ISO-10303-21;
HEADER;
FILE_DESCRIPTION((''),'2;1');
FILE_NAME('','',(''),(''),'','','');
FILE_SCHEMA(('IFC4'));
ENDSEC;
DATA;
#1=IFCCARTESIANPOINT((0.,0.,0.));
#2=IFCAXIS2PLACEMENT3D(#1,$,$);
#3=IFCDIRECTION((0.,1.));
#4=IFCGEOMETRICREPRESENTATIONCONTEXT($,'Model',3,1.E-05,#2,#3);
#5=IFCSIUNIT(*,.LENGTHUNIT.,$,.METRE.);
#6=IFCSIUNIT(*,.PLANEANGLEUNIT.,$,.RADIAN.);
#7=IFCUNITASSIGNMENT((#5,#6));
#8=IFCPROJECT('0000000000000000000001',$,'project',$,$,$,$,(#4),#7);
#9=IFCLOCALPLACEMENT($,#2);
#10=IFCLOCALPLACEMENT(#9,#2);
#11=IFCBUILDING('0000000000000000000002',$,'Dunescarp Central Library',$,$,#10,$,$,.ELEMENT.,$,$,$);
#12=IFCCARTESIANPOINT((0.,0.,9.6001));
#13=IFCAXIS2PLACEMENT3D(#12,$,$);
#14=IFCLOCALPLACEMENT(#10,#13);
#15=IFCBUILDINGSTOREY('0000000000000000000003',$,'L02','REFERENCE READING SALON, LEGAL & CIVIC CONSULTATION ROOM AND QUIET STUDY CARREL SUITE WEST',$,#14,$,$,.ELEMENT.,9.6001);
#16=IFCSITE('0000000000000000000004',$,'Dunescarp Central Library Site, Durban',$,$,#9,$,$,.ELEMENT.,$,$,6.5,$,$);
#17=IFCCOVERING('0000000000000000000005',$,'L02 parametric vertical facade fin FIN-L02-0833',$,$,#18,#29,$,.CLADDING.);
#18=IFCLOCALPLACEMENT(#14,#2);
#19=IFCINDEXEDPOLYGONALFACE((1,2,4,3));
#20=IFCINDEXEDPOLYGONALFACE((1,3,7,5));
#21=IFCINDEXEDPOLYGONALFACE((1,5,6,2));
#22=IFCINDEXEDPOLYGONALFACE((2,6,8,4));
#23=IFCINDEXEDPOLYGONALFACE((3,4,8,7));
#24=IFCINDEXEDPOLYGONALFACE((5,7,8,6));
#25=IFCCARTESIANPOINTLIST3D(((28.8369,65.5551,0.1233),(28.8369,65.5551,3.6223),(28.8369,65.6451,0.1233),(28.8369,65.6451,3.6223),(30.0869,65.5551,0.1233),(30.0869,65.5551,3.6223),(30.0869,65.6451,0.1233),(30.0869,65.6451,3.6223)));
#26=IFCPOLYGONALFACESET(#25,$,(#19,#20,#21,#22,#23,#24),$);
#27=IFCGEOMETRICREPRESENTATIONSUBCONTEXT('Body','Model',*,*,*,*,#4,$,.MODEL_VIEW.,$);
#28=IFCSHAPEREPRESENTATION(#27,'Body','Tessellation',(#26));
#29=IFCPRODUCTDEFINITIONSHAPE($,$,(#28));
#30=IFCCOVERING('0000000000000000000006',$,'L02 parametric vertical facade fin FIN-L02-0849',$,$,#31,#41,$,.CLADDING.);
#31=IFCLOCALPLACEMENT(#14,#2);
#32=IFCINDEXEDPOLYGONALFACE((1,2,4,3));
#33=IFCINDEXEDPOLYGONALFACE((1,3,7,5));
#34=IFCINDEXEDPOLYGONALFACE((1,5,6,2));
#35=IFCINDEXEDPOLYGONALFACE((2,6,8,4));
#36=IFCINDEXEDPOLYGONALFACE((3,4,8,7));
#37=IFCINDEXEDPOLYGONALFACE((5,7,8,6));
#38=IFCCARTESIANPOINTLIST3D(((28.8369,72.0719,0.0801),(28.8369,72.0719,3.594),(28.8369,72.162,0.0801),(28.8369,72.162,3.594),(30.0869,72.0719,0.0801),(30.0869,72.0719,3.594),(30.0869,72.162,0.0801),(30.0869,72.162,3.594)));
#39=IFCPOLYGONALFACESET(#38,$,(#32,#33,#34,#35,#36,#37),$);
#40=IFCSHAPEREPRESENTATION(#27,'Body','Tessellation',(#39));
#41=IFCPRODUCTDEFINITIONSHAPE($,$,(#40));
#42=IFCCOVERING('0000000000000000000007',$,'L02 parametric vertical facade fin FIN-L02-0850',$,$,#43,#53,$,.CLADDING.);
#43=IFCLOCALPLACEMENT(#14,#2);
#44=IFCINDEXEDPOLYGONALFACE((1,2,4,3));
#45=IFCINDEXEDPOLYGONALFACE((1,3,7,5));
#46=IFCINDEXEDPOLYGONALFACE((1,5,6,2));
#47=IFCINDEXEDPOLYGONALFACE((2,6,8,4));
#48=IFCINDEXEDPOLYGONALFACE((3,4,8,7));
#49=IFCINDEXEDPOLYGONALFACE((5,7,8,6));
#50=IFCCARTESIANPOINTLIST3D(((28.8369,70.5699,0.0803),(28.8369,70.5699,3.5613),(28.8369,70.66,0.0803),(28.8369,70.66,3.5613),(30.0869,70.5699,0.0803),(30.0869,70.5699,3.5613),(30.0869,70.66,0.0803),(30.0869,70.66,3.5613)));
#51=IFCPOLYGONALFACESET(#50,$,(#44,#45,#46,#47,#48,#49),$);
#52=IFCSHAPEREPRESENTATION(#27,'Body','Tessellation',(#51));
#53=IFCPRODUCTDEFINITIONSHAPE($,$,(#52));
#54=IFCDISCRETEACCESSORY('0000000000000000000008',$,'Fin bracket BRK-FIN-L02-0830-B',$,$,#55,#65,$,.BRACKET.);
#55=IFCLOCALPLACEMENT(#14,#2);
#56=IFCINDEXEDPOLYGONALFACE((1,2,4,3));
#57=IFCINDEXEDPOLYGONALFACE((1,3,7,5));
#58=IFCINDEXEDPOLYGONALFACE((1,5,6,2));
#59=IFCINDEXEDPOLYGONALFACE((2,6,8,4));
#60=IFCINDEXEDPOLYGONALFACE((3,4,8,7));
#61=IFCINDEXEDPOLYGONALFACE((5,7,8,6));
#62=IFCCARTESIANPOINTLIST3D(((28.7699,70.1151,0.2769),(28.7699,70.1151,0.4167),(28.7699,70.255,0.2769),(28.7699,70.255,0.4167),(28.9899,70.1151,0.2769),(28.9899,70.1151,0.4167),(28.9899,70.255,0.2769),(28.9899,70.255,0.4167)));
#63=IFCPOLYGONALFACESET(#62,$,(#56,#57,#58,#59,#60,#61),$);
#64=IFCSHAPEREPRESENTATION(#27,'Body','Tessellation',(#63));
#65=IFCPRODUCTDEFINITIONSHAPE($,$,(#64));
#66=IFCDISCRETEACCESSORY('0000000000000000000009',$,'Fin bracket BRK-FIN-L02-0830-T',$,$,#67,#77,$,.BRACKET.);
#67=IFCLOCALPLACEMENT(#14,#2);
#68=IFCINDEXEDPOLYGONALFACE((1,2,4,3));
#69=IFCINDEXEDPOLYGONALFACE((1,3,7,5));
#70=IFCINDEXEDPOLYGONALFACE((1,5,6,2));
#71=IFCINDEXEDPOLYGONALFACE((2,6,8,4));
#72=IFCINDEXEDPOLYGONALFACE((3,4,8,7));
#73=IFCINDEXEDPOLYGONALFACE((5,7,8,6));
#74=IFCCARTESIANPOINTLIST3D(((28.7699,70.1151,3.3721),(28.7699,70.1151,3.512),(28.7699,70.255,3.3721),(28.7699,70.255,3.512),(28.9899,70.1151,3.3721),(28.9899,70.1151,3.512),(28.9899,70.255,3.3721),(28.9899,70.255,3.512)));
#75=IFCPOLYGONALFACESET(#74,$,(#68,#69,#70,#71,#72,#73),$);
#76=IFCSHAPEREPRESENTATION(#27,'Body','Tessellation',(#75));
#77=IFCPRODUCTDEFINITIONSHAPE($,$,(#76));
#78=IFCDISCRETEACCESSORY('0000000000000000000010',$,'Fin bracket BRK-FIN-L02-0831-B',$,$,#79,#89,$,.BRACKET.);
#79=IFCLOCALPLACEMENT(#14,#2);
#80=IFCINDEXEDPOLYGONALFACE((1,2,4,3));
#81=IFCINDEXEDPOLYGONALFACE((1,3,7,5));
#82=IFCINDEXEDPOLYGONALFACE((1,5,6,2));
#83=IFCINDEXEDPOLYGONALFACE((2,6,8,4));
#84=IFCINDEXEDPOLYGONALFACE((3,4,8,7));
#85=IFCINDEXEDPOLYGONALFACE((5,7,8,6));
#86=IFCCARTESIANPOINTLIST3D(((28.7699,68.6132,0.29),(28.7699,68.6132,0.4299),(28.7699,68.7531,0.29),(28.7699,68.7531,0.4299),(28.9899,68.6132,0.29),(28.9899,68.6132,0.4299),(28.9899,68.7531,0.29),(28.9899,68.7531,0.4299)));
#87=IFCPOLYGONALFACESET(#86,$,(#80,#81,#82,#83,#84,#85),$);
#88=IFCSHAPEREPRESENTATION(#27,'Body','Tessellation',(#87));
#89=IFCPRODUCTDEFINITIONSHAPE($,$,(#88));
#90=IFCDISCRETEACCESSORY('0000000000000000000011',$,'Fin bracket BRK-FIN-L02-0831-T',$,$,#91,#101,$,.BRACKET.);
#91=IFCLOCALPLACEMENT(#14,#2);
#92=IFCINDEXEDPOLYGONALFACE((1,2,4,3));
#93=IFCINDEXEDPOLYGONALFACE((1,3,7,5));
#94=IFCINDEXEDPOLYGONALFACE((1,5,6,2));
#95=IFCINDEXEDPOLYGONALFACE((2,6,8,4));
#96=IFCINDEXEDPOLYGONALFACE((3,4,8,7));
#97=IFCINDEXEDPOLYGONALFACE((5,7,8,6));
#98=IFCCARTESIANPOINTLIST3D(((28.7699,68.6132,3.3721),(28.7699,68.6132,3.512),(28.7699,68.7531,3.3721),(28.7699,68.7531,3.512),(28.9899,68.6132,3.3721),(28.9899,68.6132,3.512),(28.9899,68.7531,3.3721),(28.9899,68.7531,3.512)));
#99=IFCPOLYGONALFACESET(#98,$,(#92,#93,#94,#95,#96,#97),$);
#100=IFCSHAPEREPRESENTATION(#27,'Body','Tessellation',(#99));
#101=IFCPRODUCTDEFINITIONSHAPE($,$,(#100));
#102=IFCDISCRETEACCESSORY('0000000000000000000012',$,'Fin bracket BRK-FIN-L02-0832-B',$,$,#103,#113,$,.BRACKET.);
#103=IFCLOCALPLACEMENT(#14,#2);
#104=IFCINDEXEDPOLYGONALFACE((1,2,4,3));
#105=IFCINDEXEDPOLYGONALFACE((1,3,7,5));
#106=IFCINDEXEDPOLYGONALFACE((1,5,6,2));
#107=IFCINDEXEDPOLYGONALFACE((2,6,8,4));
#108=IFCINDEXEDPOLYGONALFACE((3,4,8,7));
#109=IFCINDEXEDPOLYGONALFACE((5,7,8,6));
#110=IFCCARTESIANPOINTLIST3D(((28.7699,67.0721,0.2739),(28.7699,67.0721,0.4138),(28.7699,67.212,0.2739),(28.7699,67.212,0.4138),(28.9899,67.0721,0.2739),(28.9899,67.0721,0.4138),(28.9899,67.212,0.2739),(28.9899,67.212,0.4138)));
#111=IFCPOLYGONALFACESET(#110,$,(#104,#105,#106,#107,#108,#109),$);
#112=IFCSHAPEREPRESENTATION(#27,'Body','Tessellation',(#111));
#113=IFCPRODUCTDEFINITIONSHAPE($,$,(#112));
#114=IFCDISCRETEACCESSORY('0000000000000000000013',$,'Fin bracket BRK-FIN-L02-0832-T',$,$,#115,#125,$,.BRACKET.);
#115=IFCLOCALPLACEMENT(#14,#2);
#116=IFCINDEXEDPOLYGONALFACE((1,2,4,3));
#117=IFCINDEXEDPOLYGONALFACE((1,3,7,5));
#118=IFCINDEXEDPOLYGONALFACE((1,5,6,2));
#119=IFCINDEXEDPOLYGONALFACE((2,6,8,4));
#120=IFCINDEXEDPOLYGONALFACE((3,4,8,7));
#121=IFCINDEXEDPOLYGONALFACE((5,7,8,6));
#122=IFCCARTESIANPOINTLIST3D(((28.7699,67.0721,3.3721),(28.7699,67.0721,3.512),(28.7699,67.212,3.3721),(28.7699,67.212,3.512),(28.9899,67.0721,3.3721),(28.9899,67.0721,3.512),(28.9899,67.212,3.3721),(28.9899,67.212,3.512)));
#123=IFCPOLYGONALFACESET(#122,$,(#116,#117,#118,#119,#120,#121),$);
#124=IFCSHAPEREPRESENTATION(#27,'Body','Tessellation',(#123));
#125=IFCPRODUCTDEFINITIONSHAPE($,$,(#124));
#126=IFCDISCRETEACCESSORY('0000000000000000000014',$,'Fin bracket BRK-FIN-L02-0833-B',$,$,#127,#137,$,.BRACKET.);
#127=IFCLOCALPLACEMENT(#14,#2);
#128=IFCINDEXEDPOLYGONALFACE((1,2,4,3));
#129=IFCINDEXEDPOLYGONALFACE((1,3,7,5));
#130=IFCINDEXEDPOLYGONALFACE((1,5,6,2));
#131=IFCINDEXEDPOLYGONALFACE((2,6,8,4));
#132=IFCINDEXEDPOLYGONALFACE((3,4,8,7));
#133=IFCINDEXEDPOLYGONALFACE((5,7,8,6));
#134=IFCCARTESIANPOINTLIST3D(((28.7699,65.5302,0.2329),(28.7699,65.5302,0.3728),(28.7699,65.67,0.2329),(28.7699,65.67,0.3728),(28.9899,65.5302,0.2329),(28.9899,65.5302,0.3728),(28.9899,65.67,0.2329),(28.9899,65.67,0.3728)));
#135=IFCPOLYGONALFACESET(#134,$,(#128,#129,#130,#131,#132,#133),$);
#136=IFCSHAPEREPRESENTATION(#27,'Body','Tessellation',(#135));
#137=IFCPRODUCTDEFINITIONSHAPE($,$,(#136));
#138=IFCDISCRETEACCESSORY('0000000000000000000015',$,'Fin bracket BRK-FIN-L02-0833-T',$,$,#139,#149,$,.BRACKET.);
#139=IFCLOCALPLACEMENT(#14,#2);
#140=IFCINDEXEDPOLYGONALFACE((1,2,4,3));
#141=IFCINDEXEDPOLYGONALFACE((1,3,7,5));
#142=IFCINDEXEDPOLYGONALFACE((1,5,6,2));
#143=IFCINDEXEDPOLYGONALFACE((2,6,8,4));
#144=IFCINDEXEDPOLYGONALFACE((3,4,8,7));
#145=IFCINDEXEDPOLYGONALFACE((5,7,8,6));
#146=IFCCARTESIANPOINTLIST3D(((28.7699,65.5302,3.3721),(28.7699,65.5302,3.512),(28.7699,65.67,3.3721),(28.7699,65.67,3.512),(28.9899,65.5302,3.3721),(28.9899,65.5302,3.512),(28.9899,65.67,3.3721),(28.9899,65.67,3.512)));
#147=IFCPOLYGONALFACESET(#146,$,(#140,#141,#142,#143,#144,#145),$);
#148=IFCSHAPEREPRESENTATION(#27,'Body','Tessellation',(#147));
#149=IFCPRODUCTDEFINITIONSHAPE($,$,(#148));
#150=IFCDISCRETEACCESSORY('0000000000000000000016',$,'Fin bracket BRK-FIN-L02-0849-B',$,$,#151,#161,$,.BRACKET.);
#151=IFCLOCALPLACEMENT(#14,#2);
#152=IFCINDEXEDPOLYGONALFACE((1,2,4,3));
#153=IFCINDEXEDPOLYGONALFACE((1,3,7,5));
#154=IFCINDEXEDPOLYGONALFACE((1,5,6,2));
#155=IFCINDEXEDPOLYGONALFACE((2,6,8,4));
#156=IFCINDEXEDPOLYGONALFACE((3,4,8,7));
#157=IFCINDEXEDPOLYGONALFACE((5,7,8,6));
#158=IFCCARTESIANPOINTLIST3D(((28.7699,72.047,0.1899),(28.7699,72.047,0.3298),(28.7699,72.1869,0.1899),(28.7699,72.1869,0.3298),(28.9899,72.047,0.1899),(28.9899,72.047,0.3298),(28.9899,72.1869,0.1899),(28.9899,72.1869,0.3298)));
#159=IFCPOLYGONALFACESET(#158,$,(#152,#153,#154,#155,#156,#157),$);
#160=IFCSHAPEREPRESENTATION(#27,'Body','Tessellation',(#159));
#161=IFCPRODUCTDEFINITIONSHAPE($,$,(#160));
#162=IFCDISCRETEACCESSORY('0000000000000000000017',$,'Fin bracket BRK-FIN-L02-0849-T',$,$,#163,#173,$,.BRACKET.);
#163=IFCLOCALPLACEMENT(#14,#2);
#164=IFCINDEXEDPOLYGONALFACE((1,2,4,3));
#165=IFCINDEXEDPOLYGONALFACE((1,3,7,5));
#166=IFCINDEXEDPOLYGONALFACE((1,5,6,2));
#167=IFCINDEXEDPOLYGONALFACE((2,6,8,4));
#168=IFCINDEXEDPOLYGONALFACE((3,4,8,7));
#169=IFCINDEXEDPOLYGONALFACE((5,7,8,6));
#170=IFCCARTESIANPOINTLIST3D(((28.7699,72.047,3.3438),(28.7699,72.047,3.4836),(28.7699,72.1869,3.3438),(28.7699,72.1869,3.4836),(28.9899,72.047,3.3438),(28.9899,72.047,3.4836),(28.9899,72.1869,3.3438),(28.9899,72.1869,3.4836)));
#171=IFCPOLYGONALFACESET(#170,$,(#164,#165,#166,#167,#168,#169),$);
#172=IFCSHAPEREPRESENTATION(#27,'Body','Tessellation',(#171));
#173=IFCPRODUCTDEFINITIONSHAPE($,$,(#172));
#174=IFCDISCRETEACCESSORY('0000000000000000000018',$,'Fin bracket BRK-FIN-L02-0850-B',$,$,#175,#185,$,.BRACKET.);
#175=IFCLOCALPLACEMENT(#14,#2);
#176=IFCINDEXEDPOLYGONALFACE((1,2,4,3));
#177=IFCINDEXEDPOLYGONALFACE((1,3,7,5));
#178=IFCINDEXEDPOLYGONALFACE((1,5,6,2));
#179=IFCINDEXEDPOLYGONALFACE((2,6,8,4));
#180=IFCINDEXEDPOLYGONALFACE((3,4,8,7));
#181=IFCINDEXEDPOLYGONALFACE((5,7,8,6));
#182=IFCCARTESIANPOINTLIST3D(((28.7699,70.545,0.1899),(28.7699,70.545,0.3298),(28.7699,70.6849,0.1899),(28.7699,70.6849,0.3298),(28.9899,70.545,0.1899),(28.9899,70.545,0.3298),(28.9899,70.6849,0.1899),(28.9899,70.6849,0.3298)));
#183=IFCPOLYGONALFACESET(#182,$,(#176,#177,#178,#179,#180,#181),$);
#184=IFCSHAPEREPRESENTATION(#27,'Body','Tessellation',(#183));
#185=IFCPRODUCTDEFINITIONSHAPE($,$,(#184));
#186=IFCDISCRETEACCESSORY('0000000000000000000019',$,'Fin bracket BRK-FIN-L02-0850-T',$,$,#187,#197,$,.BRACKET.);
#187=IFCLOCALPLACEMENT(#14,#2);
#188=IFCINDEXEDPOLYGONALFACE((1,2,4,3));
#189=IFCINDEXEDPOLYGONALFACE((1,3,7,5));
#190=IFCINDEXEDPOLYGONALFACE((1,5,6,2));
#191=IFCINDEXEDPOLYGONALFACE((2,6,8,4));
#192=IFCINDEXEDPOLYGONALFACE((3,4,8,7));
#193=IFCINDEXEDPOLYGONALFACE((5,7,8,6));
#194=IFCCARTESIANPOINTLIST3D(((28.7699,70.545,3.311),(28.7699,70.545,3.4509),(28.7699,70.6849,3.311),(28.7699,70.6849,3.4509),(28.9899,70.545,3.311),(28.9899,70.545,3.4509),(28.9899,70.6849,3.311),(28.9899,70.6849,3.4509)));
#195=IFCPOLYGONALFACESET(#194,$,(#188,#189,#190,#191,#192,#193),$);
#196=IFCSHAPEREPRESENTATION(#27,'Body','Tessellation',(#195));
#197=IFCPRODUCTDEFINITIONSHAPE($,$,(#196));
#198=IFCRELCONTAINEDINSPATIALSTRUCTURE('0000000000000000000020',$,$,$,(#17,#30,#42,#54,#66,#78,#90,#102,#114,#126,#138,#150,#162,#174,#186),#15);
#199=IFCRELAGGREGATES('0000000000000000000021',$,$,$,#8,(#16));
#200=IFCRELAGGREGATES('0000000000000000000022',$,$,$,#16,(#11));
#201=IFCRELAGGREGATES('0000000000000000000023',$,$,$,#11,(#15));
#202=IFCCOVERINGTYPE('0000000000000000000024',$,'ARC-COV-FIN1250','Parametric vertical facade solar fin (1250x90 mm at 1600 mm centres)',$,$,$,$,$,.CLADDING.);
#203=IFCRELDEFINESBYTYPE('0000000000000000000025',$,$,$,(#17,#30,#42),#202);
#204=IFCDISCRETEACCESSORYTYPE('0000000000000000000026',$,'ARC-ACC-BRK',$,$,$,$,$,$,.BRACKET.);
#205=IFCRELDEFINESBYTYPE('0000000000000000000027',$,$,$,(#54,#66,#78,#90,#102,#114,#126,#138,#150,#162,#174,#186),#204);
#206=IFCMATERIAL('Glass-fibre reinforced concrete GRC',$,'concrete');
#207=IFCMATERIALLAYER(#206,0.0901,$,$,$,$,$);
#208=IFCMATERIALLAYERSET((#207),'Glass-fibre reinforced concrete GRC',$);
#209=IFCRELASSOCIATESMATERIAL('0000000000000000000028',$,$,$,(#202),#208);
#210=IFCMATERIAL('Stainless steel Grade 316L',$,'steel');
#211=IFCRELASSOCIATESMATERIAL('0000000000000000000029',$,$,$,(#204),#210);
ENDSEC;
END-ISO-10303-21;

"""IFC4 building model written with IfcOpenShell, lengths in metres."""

from ifc_helpers import new_model, si_unit, direction, frame, origin, origin_2d, place, context, subcontext, project, spatial, rectangle, extrude, material, layer, layer_set, type_object, element, save


model = new_model("IFC4")

# Units and contexts
model_context = context("Model", 3, precision=1e-05, world=origin(), true_north=direction((0.0, 1.0)))
body_context = subcontext(model_context, "Body", "Model", "MODEL_VIEW")
ifc_project = project(units=[si_unit("LENGTHUNIT", "METRE"), si_unit("PLANEANGLEUNIT", "RADIAN")], contexts=[model_context])

# Site, building, storey
site_placement = place(None, origin())
site = spatial("IfcSite", under=ifc_project, at=site_placement, Name="Dunescarp Central Library Site, Durban", CompositionType="ELEMENT", RefElevation=6.5)
building_placement = place(site_placement, origin())
building = spatial("IfcBuilding", under=site, at=building_placement, Name="Dunescarp Central Library", CompositionType="ELEMENT")
storey_placement = place(building_placement, frame((0.0, 0.0, 9.6001)))
storey = spatial("IfcBuildingStorey", under=building, at=storey_placement, Name="L02", Description="REFERENCE READING SALON, LEGAL & CIVIC CONSULTATION ROOM AND QUIET STUDY CARREL SUITE WEST", CompositionType="ELEMENT", Elevation=9.6001)

# Coverings
ifc_material_1 = material(Name="Glass-fibre reinforced concrete GRC", Category="concrete")
ifc_layer_1 = layer(ifc_material_1, 0.0901)
ifc_layer_set_1 = layer_set([ifc_layer_1], Name="Glass-fibre reinforced concrete GRC")
covering_type = type_object("IfcCoveringType", Name="ARC-COV-FIN1250", Description="Parametric vertical facade solar fin (1250x90 mm at 1600 mm centres)", PredefinedType="CLADDING", material=ifc_layer_set_1)
covering_1_placement = place(storey_placement, frame((29.4619, 65.6001, 0.1233), z_axis=(0.0, 0.0, 1.0), x_axis=(1.0, 0.0, 0.0)))
element("IfcCovering", 1, at=covering_1_placement, inside=storey, type_object=covering_type, Name="L02 parametric vertical facade fin FIN-L02-0833", PredefinedType="CLADDING", context=body_context, shape_type="SweptSolid", body=[
    extrude(rectangle(XDim=1.25, YDim=0.0901, at=origin_2d()), origin(), (0.0, 0.0, 1.0), 3.499),
])
covering_2_placement = place(storey_placement, frame((29.4619, 72.1169, 0.0801), z_axis=(0.0, 0.0, 1.0), x_axis=(1.0, 0.0, 0.0)))
element("IfcCovering", 2, at=covering_2_placement, inside=storey, type_object=covering_type, Name="L02 parametric vertical facade fin FIN-L02-0849", PredefinedType="CLADDING", context=body_context, shape_type="SweptSolid", body=[
    extrude(rectangle(XDim=1.25, YDim=0.0901, at=origin_2d()), origin(), (0.0, 0.0, 1.0), 3.5139),
])
covering_3_placement = place(storey_placement, frame((29.4619, 70.615, 0.0803), z_axis=(0.0, 0.0, 1.0), x_axis=(1.0, 0.0, 0.0)))
element("IfcCovering", 3, at=covering_3_placement, inside=storey, type_object=covering_type, Name="L02 parametric vertical facade fin FIN-L02-0850", PredefinedType="CLADDING", context=body_context, shape_type="SweptSolid", body=[
    extrude(rectangle(XDim=1.25, YDim=0.0901, at=origin_2d()), origin(), (0.0, 0.0, 1.0), 3.481),
])

# Discrete accessories
ifc_material_2 = material(Name="Stainless steel Grade 316L", Category="steel")
discrete_accessory_type = type_object("IfcDiscreteAccessoryType", Name="ARC-ACC-BRK", PredefinedType="BRACKET", material=ifc_material_2)
for number, where, z_axis, x_axis, name in (
    (4, (28.8799, 70.1851, 0.2769), (0.0, 0.0, 1.0), (1.0, 0.0, 0.0), "Fin bracket BRK-FIN-L02-0830-B"),
    (5, (28.8799, 70.1851, 3.3721), (0.0, 0.0, 1.0), (1.0, 0.0, 0.0), "Fin bracket BRK-FIN-L02-0830-T"),
    (6, (28.8799, 68.6831, 0.29), (0.0, 0.0, 1.0), (1.0, 0.0, 0.0), "Fin bracket BRK-FIN-L02-0831-B"),
    (7, (28.8799, 68.6831, 3.3721), (0.0, 0.0, 1.0), (1.0, 0.0, 0.0), "Fin bracket BRK-FIN-L02-0831-T"),
    (8, (28.8799, 67.1421, 0.2739), (0.0, 0.0, 1.0), (1.0, 0.0, 0.0), "Fin bracket BRK-FIN-L02-0832-B"),
    (9, (28.8799, 67.1421, 3.3721), (0.0, 0.0, 1.0), (1.0, 0.0, 0.0), "Fin bracket BRK-FIN-L02-0832-T"),
    (10, (28.8799, 65.6001, 0.2329), (0.0, 0.0, 1.0), (1.0, 0.0, 0.0), "Fin bracket BRK-FIN-L02-0833-B"),
    (11, (28.8799, 65.6001, 3.3721), (0.0, 0.0, 1.0), (1.0, 0.0, 0.0), "Fin bracket BRK-FIN-L02-0833-T"),
    (12, (28.8799, 72.1169, 0.1899), (0.0, 0.0, 1.0), (1.0, 0.0, 0.0), "Fin bracket BRK-FIN-L02-0849-B"),
    (13, (28.8799, 72.1169, 3.3438), (0.0, 0.0, 1.0), (1.0, 0.0, 0.0), "Fin bracket BRK-FIN-L02-0849-T"),
    (14, (28.8799, 70.615, 0.1899), (0.0, 0.0, 1.0), (1.0, 0.0, 0.0), "Fin bracket BRK-FIN-L02-0850-B"),
    (15, (28.8799, 70.615, 3.311), (0.0, 0.0, 1.0), (1.0, 0.0, 0.0), "Fin bracket BRK-FIN-L02-0850-T"),
):
    element("IfcDiscreteAccessory", number, at=place(storey_placement, frame(where, z_axis=z_axis, x_axis=x_axis)), inside=storey, type_object=discrete_accessory_type, Name=name, PredefinedType="BRACKET", context=body_context, shape_type="SweptSolid", body=[
        extrude(rectangle(XDim=0.22, YDim=0.1399, at=origin_2d()), origin(), (0.0, 0.0, 1.0), 0.1399),
    ])

save(model, "model.ifc")
